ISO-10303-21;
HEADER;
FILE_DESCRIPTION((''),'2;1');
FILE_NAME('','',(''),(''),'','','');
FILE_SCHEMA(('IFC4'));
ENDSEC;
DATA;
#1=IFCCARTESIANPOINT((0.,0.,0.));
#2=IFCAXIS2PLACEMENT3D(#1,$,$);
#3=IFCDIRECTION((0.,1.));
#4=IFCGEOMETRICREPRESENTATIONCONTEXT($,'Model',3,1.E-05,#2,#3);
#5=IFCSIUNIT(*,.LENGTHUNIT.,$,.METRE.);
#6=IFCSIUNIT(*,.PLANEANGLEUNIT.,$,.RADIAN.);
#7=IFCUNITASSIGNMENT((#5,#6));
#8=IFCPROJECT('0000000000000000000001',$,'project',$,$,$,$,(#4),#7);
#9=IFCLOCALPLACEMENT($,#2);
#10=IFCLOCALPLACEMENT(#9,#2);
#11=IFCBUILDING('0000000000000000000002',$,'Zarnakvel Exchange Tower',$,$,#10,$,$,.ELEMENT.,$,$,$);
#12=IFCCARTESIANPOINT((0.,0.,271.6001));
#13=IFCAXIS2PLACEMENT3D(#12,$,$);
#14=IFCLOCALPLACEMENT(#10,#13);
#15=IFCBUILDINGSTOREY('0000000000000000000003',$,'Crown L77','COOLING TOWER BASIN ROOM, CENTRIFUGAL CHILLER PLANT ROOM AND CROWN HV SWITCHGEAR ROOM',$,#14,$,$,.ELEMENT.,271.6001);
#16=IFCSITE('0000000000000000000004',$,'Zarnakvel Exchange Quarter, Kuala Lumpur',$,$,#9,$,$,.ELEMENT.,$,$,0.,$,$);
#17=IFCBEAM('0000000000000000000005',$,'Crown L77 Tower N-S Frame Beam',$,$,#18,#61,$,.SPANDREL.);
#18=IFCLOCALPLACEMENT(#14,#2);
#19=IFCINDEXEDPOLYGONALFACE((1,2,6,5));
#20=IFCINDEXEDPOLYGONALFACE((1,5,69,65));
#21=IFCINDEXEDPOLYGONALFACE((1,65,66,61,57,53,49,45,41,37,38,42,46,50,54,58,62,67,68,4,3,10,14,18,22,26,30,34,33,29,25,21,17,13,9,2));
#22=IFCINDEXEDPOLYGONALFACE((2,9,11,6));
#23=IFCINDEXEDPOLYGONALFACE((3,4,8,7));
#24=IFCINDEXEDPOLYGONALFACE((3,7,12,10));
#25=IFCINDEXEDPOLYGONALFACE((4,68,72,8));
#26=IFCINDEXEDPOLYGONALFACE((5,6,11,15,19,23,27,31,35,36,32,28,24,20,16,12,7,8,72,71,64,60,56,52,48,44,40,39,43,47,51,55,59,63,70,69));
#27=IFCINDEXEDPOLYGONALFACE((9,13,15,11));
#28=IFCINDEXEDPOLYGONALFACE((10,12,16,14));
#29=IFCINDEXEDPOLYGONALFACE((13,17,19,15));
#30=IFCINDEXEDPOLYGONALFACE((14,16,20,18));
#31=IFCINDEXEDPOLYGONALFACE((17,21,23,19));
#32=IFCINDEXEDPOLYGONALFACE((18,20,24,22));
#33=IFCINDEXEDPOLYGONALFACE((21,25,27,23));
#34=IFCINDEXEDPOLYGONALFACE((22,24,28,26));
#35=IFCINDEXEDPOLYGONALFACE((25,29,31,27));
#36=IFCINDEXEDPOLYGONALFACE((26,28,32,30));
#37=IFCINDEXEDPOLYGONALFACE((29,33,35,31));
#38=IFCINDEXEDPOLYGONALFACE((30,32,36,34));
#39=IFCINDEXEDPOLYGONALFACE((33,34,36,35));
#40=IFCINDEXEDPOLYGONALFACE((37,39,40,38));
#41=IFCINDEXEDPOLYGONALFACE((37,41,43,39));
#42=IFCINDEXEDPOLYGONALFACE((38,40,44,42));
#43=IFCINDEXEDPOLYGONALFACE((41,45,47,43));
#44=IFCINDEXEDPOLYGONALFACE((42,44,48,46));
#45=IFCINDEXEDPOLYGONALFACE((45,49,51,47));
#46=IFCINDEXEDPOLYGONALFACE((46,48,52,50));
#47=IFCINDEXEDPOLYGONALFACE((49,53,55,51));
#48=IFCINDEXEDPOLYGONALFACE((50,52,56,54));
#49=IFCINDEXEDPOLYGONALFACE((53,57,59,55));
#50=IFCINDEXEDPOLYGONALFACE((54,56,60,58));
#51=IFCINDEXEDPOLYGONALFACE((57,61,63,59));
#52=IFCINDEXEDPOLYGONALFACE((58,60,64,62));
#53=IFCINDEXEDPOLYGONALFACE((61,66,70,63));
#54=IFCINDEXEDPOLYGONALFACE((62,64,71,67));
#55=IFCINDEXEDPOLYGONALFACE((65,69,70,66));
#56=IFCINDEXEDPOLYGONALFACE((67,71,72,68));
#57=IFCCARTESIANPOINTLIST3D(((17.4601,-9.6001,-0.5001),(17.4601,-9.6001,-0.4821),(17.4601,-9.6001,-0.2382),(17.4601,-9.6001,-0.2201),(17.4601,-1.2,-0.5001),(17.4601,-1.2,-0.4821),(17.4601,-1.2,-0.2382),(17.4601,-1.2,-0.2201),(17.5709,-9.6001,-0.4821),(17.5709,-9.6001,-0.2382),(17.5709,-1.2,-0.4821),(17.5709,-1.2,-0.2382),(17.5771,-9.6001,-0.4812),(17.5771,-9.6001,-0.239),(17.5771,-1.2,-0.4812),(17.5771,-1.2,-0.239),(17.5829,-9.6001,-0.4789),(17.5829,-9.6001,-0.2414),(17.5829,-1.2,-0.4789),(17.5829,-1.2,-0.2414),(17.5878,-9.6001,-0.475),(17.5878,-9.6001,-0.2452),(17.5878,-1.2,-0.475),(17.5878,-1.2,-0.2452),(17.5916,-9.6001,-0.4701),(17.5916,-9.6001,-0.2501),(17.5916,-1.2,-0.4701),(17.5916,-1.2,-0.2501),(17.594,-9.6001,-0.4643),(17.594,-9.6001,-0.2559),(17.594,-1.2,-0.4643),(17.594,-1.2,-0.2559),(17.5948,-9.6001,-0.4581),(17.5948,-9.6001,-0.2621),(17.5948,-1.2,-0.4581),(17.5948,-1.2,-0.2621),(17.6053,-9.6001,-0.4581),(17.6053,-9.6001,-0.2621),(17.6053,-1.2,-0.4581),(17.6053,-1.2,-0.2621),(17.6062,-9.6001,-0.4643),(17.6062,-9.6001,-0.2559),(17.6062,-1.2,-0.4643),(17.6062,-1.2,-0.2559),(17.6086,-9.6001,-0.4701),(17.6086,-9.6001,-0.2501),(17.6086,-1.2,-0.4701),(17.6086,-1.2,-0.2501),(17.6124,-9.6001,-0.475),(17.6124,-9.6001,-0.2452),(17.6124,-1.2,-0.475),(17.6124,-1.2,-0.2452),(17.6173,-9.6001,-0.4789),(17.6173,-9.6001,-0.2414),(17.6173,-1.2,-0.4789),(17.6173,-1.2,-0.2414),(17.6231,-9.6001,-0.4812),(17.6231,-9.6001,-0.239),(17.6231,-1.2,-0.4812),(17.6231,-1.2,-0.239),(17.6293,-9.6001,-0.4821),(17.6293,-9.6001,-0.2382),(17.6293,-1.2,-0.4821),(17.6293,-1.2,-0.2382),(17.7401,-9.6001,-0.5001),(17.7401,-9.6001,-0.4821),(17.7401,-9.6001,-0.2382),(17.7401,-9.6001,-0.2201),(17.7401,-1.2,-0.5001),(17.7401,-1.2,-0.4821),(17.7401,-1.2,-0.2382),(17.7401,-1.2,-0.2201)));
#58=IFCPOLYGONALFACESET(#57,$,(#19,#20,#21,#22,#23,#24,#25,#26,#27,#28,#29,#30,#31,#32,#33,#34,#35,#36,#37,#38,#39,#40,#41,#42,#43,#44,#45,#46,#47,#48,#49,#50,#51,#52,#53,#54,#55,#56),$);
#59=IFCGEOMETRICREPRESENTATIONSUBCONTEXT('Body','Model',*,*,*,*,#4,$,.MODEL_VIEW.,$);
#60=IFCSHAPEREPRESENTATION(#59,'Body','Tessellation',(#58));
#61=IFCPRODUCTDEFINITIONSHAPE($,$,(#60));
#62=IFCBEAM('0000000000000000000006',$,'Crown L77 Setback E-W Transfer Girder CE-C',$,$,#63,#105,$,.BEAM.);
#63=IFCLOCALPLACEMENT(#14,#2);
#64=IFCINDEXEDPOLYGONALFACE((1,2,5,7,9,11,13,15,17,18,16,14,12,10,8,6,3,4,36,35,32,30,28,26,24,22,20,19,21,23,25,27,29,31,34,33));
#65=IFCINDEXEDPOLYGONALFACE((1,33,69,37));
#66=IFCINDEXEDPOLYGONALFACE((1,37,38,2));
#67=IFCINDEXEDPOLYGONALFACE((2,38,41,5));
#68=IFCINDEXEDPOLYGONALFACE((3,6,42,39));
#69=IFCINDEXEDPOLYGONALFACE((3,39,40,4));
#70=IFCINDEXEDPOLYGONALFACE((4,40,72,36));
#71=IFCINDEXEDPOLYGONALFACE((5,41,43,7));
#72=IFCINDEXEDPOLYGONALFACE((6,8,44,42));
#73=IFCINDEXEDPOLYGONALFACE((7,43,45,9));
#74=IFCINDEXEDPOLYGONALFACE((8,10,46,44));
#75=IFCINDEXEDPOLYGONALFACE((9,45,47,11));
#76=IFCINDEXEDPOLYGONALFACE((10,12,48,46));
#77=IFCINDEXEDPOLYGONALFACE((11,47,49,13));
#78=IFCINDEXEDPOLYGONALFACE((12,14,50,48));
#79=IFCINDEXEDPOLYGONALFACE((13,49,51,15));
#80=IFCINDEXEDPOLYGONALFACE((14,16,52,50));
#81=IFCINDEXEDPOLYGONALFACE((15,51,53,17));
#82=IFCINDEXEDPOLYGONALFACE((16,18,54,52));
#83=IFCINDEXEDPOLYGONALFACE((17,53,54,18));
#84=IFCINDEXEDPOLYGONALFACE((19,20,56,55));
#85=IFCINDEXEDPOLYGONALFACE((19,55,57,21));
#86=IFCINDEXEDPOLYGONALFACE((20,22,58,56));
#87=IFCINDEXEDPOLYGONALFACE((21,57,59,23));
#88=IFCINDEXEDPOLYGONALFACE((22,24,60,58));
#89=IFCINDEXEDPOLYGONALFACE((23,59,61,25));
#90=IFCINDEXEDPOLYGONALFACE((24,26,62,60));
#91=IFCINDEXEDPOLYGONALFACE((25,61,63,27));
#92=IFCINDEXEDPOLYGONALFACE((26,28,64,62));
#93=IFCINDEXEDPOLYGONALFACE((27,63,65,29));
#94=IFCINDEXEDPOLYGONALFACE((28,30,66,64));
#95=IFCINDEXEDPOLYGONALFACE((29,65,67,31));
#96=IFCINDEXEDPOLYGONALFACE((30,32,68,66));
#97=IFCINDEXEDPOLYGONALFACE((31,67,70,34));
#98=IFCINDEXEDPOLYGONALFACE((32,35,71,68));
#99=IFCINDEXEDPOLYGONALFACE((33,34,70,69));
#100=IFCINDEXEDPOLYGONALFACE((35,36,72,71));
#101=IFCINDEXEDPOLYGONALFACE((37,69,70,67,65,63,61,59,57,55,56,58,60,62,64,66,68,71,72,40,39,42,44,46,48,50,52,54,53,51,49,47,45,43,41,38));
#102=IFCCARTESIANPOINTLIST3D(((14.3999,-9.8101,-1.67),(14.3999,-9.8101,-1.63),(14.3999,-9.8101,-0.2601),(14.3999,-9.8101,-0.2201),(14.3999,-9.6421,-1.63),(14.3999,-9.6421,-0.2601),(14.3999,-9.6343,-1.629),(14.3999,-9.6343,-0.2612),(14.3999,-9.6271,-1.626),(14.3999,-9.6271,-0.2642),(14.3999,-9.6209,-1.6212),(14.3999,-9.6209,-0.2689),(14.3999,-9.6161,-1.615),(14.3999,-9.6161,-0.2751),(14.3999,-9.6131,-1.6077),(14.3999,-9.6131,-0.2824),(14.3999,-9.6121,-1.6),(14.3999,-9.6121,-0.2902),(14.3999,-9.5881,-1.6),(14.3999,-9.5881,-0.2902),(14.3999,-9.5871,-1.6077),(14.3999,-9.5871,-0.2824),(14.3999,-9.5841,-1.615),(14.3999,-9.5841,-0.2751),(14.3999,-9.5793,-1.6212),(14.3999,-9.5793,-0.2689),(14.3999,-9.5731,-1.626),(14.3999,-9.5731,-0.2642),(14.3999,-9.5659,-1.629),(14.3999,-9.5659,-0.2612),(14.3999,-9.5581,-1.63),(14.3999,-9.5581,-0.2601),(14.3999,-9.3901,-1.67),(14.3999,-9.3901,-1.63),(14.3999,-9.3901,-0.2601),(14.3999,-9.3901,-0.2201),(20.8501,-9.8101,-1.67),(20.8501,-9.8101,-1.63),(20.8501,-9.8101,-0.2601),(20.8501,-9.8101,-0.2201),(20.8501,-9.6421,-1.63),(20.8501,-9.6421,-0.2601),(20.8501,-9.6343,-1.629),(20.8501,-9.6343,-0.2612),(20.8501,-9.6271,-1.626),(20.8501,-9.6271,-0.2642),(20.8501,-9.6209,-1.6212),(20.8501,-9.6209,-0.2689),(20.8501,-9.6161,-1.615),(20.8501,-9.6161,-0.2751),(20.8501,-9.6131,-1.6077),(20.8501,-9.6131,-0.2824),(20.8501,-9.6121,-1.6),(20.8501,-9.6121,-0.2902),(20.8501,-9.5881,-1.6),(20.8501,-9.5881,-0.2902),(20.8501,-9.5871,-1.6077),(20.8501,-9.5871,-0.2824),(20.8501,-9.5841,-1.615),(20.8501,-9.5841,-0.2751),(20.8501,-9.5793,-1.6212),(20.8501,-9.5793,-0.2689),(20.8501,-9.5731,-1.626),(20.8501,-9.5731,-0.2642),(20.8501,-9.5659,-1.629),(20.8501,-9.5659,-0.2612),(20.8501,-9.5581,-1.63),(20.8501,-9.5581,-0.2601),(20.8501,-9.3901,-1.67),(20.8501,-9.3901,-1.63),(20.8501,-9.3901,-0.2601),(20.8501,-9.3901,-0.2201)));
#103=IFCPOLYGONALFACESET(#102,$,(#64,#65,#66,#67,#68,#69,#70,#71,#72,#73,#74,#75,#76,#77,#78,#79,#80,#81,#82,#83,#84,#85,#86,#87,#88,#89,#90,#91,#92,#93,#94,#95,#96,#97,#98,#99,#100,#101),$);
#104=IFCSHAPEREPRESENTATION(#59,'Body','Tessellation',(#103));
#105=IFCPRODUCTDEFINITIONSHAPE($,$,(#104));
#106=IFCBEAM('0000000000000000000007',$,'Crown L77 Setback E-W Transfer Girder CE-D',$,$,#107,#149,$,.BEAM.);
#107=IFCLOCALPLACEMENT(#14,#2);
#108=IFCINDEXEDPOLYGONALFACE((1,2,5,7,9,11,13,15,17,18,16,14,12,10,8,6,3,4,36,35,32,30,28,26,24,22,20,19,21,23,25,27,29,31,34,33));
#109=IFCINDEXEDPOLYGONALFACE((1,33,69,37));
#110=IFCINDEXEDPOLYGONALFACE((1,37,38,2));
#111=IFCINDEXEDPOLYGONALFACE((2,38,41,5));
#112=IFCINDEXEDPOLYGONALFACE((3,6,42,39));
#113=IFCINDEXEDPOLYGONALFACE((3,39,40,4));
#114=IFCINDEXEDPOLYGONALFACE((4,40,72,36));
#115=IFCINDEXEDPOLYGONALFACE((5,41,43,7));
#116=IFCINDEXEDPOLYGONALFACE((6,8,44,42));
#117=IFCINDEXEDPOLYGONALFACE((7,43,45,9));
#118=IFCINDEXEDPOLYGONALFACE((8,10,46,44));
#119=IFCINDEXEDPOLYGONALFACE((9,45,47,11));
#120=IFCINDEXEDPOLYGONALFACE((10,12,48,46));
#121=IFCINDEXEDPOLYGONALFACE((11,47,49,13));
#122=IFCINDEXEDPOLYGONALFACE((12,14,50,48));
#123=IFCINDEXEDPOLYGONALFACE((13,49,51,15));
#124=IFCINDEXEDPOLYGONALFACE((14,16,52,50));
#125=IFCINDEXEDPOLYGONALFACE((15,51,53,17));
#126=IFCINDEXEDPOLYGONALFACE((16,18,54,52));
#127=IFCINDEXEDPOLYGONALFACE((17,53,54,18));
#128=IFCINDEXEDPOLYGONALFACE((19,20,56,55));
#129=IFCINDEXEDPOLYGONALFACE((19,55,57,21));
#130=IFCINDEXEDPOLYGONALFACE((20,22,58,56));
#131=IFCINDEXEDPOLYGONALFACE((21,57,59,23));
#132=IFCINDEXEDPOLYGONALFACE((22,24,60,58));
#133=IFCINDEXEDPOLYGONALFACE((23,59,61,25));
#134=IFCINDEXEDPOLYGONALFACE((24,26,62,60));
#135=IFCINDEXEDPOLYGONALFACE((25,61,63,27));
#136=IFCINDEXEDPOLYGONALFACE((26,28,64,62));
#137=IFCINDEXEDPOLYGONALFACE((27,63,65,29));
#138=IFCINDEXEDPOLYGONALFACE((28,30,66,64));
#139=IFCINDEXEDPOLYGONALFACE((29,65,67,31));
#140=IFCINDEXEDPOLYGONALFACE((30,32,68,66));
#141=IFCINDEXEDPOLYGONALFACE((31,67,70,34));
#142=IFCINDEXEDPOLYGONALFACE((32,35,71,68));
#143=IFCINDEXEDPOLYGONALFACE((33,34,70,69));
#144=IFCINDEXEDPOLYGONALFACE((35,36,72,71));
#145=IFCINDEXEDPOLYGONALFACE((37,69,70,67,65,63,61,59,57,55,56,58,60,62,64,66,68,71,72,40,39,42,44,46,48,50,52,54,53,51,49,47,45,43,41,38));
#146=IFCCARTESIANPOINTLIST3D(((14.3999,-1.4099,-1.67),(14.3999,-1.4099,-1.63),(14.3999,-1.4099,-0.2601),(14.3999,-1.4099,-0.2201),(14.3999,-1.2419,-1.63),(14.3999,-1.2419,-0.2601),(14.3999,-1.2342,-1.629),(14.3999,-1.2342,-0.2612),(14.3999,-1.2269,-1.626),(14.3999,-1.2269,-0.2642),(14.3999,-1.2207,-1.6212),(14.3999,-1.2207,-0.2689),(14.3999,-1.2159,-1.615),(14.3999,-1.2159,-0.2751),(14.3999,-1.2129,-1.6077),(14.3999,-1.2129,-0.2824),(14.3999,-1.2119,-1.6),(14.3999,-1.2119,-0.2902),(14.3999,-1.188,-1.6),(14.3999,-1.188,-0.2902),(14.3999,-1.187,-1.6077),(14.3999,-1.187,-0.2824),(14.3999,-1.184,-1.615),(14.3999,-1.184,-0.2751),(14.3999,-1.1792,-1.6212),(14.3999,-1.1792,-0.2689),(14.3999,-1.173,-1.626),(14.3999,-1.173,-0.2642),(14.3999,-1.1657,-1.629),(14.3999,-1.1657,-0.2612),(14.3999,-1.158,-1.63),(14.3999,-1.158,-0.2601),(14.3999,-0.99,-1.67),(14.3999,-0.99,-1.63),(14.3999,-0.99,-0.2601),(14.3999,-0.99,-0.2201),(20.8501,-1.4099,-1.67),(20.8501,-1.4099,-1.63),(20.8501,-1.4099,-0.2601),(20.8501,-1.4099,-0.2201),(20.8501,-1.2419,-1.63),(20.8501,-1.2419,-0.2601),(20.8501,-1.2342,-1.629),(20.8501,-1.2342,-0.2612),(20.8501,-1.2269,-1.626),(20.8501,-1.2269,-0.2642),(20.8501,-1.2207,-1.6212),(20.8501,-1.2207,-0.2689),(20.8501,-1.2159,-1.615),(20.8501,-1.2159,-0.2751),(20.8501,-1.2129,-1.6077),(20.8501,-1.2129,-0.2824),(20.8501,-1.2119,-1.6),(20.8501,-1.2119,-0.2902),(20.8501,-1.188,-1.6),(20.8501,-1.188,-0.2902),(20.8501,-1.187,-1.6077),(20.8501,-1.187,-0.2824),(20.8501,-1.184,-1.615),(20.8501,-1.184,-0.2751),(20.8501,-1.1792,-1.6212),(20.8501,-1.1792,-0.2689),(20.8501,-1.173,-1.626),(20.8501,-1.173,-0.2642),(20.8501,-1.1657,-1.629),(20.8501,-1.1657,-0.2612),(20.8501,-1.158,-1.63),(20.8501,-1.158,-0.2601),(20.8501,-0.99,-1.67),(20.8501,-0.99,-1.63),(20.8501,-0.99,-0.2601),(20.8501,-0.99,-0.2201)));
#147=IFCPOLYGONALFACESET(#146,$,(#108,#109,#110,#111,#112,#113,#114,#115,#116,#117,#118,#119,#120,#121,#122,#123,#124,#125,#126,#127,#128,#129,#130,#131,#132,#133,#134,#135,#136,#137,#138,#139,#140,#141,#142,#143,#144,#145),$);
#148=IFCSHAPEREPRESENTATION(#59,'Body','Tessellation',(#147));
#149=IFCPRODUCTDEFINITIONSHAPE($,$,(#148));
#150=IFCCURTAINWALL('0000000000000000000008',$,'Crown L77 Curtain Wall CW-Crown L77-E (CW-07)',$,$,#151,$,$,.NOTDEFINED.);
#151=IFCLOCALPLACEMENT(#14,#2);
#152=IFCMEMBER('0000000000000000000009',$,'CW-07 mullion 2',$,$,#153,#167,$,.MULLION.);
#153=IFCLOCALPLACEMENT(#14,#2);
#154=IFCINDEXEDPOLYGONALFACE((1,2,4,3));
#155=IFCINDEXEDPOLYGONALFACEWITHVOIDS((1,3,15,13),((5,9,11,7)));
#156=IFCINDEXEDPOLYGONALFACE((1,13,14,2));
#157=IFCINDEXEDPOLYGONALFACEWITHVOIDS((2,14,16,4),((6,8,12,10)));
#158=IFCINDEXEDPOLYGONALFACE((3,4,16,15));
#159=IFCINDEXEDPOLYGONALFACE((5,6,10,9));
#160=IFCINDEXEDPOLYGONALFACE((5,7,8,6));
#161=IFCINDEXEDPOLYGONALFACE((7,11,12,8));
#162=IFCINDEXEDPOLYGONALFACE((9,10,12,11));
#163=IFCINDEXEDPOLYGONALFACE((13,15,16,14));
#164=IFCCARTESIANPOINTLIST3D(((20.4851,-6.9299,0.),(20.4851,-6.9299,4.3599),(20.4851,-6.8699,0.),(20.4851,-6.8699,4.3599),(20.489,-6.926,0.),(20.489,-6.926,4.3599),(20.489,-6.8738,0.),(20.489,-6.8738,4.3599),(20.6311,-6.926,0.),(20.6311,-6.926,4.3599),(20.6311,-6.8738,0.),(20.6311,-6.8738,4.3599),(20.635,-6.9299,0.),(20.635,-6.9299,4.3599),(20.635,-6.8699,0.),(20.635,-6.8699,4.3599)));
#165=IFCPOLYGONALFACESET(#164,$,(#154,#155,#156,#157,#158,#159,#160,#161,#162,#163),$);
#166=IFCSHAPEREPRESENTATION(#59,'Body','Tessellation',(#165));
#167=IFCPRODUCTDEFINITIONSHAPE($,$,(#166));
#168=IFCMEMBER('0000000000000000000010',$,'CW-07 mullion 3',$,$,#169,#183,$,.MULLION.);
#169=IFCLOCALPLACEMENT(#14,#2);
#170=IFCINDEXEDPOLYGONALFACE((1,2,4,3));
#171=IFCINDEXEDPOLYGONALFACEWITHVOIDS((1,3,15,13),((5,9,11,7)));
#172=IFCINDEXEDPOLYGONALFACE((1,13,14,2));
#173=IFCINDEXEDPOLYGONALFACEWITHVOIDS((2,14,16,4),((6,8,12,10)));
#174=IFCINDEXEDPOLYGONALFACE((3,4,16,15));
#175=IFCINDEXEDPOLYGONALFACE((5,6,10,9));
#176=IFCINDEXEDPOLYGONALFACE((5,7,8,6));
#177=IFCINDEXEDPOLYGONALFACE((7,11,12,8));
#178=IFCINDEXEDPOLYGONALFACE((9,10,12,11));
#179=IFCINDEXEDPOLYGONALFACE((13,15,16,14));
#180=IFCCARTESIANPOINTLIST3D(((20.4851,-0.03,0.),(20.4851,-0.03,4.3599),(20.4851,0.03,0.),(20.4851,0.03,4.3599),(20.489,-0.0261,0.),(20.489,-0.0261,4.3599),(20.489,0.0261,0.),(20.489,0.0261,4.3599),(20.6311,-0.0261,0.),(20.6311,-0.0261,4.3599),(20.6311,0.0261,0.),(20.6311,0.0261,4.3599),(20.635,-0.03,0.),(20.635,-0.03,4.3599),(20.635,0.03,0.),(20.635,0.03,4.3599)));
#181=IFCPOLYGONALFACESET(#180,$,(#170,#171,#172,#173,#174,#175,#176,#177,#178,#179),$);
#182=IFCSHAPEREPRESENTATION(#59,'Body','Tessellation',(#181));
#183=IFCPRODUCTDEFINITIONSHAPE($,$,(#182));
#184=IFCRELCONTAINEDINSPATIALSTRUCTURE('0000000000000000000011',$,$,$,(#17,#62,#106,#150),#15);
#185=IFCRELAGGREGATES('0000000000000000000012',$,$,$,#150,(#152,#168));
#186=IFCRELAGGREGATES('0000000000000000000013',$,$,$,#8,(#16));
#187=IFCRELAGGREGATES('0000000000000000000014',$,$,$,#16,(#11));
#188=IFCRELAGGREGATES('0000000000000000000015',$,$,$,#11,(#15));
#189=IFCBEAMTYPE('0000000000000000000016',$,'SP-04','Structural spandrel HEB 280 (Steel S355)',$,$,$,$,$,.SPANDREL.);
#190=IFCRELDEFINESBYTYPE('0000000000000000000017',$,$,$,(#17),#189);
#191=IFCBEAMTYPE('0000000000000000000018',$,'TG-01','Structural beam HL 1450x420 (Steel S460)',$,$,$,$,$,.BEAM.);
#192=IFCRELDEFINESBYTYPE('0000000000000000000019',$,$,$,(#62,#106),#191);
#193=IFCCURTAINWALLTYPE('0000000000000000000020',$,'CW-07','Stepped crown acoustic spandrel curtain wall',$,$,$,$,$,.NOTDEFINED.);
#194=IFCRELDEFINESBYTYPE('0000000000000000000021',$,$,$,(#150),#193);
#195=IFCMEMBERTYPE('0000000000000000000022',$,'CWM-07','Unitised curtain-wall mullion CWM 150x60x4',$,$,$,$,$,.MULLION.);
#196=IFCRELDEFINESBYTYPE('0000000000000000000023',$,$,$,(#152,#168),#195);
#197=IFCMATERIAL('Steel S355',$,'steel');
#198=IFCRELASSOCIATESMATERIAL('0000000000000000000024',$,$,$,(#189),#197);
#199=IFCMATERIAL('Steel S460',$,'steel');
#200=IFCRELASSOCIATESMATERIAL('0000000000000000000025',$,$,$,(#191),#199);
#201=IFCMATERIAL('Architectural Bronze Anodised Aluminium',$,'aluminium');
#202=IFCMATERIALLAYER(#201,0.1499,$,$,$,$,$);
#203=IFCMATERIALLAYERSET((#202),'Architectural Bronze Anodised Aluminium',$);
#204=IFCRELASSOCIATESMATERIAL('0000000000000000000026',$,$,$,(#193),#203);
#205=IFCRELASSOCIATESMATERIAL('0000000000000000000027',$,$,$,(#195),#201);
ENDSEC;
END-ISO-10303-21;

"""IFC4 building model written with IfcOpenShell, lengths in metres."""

from ifc_helpers import new_model, si_unit, direction, frame, origin, origin_2d, place, context, subcontext, project, spatial, hollow_rectangle, i_section, extrude, source, transform, mapped, material, layer, layer_set, material_profile, profile_set, type_object, element, aggregate, save


model = new_model("IFC4")

# Units and contexts
model_context = context("Model", 3, precision=1e-05, world=origin(), true_north=direction((0.0, 1.0)))
body_context = subcontext(model_context, "Body", "Model", "MODEL_VIEW")
ifc_project = project(units=[si_unit("LENGTHUNIT", "METRE"), si_unit("PLANEANGLEUNIT", "RADIAN")], contexts=[model_context])

# Site, building, storey
site_placement = place(None, origin())
site = spatial("IfcSite", under=ifc_project, at=site_placement, Name="Zarnakvel Exchange Quarter, Kuala Lumpur", CompositionType="ELEMENT", RefElevation=0.0)
building_placement = place(site_placement, origin())
building = spatial("IfcBuilding", under=site, at=building_placement, Name="Zarnakvel Exchange Tower", CompositionType="ELEMENT")
storey_placement = place(building_placement, frame((0.0, 0.0, 271.6001)))
storey = spatial("IfcBuildingStorey", under=building, at=storey_placement, Name="Crown L77", Description="COOLING TOWER BASIN ROOM, CENTRIFUGAL CHILLER PLANT ROOM AND CROWN HV SWITCHGEAR ROOM", CompositionType="ELEMENT", Elevation=271.6001)

# Shared definitions
ifc_material_1 = material(Name="Steel S355", Category="steel")

# Beams
ifc_material_profile_1 = material_profile(ifc_material_1, i_section(OverallWidth=0.28, OverallDepth=0.28, WebThickness=0.0105, FlangeThickness=0.0181, FilletRadius=0.0239, at=origin_2d()))
ifc_profile_set_1 = profile_set([ifc_material_profile_1], Name="Steel S355")
beam_type_1 = type_object("IfcBeamType", Name="SP-04", Description="Structural spandrel HEB 280 (Steel S355)", PredefinedType="SPANDREL", material=ifc_profile_set_1)
beam_1_placement = place(storey_placement, frame((17.6001, -9.6001, -0.3601), z_axis=(0.0, 1.0, 0.0), x_axis=(-1.0, 0.0, 0.0)))
element("IfcBeam", 1, at=beam_1_placement, inside=storey, type_object=beam_type_1, Name="Crown L77 Tower N-S Frame Beam", PredefinedType="SPANDREL", context=body_context, shape_type="SweptSolid", body=[
    extrude(i_section(OverallWidth=0.28, OverallDepth=0.28, WebThickness=0.0105, FlangeThickness=0.0181, FilletRadius=0.0239, at=origin_2d()), origin(), (0.0, 0.0, 1.0), 8.4001),
])
ifc_material_2 = material(Name="Steel S460", Category="steel")
ifc_material_profile_2 = material_profile(ifc_material_2, i_section(OverallWidth=0.4199, OverallDepth=1.45, WebThickness=0.0239, FlangeThickness=0.04, FilletRadius=0.03, at=origin_2d()))
ifc_profile_set_2 = profile_set([ifc_material_profile_2], Name="Steel S460")
beam_type_2 = type_object("IfcBeamType", Name="TG-01", Description="Structural beam HL 1450x420 (Steel S460)", PredefinedType="BEAM", material=ifc_profile_set_2)
for number, where, z_axis, x_axis, name in (
    (2, (14.3999, -9.6001, -0.9451), (1.0, 0.0, 0.0), (0.0, 1.0, 0.0), "Crown L77 Setback E-W Transfer Girder CE-C"),
    (3, (14.3999, -1.2, -0.9451), (1.0, 0.0, 0.0), (0.0, 1.0, 0.0), "Crown L77 Setback E-W Transfer Girder CE-D"),
):
    element("IfcBeam", number, at=place(storey_placement, frame(where, z_axis=z_axis, x_axis=x_axis)), inside=storey, type_object=beam_type_2, Name=name, PredefinedType="BEAM", context=body_context, shape_type="SweptSolid", body=[
        extrude(i_section(OverallWidth=0.4199, OverallDepth=1.45, WebThickness=0.0239, FlangeThickness=0.04, FilletRadius=0.03, at=origin_2d()), origin(), (0.0, 0.0, 1.0), 6.4502),
    ])

# Curtain wall, members
ifc_material_3 = material(Name="Architectural Bronze Anodised Aluminium", Category="aluminium")
ifc_layer_1 = layer(ifc_material_3, 0.1499)
ifc_layer_set_1 = layer_set([ifc_layer_1], Name="Architectural Bronze Anodised Aluminium")
curtain_wall_type = type_object("IfcCurtainWallType", Name="CW-07", Description="Stepped crown acoustic spandrel curtain wall", PredefinedType="NOTDEFINED", material=ifc_layer_set_1)
curtain_wall_placement = place(storey_placement, origin())
curtain_wall = element("IfcCurtainWall", 4, at=curtain_wall_placement, inside=storey, type_object=curtain_wall_type, Name="Crown L77 Curtain Wall CW-Crown L77-E (CW-07)", PredefinedType="NOTDEFINED")
ifc_material_profile_3 = material_profile(ifc_material_3, hollow_rectangle(XDim=0.1499, YDim=0.0601, WallThickness=0.0039, at=origin_2d()))
ifc_profile_set_3 = profile_set([ifc_material_profile_3], Name="Architectural Bronze Anodised Aluminium")
member_type_1 = type_object("IfcMemberType", Name="CWM-07", Description="Unitised curtain-wall mullion CWM 150x60x4", PredefinedType="MULLION", material=ifc_profile_set_3)
shared_shape_1 = source(origin(), body_context, "Body", "SweptSolid", [
    extrude(hollow_rectangle(XDim=0.1499, YDim=0.0601, WallThickness=0.0039, at=origin_2d()), origin(), (0.0, 0.0, 1.0), 4.3599),
])
member_1_placement = place(storey_placement, frame((20.5601, -6.8999, 0.0), z_axis=(0.0, 0.0, 1.0), x_axis=(-1.0, 0.0, 0.0)))
member_1 = element("IfcMember", 5, at=member_1_placement, type_object=member_type_1, Name="CW-07 mullion 2", PredefinedType="MULLION", context=body_context, shape_type="MappedRepresentation", body=[
    mapped(shared_shape_1, transform((0.0, 0.0, 0.0), x_axis=(1.0, 0.0, 0.0), y_axis=(0.0, 1.0, 0.0), z_axis=(0.0, 0.0, 1.0), scale=1.0)),
])
member_2_placement = place(storey_placement, frame((20.5601, 0.0, 0.0), z_axis=(0.0, 0.0, 1.0), x_axis=(-1.0, 0.0, 0.0)))
member_2 = element("IfcMember", 6, at=member_2_placement, type_object=member_type_1, Name="CW-07 mullion 3", PredefinedType="MULLION", context=body_context, shape_type="MappedRepresentation", body=[
    mapped(shared_shape_1, transform((0.0, 0.0, 0.0), x_axis=(1.0, 0.0, 0.0), y_axis=(0.0, 1.0, 0.0), z_axis=(0.0, 0.0, 1.0), scale=1.0)),
])

aggregate(curtain_wall, [member_1, member_2])

save(model, "model.ifc")
